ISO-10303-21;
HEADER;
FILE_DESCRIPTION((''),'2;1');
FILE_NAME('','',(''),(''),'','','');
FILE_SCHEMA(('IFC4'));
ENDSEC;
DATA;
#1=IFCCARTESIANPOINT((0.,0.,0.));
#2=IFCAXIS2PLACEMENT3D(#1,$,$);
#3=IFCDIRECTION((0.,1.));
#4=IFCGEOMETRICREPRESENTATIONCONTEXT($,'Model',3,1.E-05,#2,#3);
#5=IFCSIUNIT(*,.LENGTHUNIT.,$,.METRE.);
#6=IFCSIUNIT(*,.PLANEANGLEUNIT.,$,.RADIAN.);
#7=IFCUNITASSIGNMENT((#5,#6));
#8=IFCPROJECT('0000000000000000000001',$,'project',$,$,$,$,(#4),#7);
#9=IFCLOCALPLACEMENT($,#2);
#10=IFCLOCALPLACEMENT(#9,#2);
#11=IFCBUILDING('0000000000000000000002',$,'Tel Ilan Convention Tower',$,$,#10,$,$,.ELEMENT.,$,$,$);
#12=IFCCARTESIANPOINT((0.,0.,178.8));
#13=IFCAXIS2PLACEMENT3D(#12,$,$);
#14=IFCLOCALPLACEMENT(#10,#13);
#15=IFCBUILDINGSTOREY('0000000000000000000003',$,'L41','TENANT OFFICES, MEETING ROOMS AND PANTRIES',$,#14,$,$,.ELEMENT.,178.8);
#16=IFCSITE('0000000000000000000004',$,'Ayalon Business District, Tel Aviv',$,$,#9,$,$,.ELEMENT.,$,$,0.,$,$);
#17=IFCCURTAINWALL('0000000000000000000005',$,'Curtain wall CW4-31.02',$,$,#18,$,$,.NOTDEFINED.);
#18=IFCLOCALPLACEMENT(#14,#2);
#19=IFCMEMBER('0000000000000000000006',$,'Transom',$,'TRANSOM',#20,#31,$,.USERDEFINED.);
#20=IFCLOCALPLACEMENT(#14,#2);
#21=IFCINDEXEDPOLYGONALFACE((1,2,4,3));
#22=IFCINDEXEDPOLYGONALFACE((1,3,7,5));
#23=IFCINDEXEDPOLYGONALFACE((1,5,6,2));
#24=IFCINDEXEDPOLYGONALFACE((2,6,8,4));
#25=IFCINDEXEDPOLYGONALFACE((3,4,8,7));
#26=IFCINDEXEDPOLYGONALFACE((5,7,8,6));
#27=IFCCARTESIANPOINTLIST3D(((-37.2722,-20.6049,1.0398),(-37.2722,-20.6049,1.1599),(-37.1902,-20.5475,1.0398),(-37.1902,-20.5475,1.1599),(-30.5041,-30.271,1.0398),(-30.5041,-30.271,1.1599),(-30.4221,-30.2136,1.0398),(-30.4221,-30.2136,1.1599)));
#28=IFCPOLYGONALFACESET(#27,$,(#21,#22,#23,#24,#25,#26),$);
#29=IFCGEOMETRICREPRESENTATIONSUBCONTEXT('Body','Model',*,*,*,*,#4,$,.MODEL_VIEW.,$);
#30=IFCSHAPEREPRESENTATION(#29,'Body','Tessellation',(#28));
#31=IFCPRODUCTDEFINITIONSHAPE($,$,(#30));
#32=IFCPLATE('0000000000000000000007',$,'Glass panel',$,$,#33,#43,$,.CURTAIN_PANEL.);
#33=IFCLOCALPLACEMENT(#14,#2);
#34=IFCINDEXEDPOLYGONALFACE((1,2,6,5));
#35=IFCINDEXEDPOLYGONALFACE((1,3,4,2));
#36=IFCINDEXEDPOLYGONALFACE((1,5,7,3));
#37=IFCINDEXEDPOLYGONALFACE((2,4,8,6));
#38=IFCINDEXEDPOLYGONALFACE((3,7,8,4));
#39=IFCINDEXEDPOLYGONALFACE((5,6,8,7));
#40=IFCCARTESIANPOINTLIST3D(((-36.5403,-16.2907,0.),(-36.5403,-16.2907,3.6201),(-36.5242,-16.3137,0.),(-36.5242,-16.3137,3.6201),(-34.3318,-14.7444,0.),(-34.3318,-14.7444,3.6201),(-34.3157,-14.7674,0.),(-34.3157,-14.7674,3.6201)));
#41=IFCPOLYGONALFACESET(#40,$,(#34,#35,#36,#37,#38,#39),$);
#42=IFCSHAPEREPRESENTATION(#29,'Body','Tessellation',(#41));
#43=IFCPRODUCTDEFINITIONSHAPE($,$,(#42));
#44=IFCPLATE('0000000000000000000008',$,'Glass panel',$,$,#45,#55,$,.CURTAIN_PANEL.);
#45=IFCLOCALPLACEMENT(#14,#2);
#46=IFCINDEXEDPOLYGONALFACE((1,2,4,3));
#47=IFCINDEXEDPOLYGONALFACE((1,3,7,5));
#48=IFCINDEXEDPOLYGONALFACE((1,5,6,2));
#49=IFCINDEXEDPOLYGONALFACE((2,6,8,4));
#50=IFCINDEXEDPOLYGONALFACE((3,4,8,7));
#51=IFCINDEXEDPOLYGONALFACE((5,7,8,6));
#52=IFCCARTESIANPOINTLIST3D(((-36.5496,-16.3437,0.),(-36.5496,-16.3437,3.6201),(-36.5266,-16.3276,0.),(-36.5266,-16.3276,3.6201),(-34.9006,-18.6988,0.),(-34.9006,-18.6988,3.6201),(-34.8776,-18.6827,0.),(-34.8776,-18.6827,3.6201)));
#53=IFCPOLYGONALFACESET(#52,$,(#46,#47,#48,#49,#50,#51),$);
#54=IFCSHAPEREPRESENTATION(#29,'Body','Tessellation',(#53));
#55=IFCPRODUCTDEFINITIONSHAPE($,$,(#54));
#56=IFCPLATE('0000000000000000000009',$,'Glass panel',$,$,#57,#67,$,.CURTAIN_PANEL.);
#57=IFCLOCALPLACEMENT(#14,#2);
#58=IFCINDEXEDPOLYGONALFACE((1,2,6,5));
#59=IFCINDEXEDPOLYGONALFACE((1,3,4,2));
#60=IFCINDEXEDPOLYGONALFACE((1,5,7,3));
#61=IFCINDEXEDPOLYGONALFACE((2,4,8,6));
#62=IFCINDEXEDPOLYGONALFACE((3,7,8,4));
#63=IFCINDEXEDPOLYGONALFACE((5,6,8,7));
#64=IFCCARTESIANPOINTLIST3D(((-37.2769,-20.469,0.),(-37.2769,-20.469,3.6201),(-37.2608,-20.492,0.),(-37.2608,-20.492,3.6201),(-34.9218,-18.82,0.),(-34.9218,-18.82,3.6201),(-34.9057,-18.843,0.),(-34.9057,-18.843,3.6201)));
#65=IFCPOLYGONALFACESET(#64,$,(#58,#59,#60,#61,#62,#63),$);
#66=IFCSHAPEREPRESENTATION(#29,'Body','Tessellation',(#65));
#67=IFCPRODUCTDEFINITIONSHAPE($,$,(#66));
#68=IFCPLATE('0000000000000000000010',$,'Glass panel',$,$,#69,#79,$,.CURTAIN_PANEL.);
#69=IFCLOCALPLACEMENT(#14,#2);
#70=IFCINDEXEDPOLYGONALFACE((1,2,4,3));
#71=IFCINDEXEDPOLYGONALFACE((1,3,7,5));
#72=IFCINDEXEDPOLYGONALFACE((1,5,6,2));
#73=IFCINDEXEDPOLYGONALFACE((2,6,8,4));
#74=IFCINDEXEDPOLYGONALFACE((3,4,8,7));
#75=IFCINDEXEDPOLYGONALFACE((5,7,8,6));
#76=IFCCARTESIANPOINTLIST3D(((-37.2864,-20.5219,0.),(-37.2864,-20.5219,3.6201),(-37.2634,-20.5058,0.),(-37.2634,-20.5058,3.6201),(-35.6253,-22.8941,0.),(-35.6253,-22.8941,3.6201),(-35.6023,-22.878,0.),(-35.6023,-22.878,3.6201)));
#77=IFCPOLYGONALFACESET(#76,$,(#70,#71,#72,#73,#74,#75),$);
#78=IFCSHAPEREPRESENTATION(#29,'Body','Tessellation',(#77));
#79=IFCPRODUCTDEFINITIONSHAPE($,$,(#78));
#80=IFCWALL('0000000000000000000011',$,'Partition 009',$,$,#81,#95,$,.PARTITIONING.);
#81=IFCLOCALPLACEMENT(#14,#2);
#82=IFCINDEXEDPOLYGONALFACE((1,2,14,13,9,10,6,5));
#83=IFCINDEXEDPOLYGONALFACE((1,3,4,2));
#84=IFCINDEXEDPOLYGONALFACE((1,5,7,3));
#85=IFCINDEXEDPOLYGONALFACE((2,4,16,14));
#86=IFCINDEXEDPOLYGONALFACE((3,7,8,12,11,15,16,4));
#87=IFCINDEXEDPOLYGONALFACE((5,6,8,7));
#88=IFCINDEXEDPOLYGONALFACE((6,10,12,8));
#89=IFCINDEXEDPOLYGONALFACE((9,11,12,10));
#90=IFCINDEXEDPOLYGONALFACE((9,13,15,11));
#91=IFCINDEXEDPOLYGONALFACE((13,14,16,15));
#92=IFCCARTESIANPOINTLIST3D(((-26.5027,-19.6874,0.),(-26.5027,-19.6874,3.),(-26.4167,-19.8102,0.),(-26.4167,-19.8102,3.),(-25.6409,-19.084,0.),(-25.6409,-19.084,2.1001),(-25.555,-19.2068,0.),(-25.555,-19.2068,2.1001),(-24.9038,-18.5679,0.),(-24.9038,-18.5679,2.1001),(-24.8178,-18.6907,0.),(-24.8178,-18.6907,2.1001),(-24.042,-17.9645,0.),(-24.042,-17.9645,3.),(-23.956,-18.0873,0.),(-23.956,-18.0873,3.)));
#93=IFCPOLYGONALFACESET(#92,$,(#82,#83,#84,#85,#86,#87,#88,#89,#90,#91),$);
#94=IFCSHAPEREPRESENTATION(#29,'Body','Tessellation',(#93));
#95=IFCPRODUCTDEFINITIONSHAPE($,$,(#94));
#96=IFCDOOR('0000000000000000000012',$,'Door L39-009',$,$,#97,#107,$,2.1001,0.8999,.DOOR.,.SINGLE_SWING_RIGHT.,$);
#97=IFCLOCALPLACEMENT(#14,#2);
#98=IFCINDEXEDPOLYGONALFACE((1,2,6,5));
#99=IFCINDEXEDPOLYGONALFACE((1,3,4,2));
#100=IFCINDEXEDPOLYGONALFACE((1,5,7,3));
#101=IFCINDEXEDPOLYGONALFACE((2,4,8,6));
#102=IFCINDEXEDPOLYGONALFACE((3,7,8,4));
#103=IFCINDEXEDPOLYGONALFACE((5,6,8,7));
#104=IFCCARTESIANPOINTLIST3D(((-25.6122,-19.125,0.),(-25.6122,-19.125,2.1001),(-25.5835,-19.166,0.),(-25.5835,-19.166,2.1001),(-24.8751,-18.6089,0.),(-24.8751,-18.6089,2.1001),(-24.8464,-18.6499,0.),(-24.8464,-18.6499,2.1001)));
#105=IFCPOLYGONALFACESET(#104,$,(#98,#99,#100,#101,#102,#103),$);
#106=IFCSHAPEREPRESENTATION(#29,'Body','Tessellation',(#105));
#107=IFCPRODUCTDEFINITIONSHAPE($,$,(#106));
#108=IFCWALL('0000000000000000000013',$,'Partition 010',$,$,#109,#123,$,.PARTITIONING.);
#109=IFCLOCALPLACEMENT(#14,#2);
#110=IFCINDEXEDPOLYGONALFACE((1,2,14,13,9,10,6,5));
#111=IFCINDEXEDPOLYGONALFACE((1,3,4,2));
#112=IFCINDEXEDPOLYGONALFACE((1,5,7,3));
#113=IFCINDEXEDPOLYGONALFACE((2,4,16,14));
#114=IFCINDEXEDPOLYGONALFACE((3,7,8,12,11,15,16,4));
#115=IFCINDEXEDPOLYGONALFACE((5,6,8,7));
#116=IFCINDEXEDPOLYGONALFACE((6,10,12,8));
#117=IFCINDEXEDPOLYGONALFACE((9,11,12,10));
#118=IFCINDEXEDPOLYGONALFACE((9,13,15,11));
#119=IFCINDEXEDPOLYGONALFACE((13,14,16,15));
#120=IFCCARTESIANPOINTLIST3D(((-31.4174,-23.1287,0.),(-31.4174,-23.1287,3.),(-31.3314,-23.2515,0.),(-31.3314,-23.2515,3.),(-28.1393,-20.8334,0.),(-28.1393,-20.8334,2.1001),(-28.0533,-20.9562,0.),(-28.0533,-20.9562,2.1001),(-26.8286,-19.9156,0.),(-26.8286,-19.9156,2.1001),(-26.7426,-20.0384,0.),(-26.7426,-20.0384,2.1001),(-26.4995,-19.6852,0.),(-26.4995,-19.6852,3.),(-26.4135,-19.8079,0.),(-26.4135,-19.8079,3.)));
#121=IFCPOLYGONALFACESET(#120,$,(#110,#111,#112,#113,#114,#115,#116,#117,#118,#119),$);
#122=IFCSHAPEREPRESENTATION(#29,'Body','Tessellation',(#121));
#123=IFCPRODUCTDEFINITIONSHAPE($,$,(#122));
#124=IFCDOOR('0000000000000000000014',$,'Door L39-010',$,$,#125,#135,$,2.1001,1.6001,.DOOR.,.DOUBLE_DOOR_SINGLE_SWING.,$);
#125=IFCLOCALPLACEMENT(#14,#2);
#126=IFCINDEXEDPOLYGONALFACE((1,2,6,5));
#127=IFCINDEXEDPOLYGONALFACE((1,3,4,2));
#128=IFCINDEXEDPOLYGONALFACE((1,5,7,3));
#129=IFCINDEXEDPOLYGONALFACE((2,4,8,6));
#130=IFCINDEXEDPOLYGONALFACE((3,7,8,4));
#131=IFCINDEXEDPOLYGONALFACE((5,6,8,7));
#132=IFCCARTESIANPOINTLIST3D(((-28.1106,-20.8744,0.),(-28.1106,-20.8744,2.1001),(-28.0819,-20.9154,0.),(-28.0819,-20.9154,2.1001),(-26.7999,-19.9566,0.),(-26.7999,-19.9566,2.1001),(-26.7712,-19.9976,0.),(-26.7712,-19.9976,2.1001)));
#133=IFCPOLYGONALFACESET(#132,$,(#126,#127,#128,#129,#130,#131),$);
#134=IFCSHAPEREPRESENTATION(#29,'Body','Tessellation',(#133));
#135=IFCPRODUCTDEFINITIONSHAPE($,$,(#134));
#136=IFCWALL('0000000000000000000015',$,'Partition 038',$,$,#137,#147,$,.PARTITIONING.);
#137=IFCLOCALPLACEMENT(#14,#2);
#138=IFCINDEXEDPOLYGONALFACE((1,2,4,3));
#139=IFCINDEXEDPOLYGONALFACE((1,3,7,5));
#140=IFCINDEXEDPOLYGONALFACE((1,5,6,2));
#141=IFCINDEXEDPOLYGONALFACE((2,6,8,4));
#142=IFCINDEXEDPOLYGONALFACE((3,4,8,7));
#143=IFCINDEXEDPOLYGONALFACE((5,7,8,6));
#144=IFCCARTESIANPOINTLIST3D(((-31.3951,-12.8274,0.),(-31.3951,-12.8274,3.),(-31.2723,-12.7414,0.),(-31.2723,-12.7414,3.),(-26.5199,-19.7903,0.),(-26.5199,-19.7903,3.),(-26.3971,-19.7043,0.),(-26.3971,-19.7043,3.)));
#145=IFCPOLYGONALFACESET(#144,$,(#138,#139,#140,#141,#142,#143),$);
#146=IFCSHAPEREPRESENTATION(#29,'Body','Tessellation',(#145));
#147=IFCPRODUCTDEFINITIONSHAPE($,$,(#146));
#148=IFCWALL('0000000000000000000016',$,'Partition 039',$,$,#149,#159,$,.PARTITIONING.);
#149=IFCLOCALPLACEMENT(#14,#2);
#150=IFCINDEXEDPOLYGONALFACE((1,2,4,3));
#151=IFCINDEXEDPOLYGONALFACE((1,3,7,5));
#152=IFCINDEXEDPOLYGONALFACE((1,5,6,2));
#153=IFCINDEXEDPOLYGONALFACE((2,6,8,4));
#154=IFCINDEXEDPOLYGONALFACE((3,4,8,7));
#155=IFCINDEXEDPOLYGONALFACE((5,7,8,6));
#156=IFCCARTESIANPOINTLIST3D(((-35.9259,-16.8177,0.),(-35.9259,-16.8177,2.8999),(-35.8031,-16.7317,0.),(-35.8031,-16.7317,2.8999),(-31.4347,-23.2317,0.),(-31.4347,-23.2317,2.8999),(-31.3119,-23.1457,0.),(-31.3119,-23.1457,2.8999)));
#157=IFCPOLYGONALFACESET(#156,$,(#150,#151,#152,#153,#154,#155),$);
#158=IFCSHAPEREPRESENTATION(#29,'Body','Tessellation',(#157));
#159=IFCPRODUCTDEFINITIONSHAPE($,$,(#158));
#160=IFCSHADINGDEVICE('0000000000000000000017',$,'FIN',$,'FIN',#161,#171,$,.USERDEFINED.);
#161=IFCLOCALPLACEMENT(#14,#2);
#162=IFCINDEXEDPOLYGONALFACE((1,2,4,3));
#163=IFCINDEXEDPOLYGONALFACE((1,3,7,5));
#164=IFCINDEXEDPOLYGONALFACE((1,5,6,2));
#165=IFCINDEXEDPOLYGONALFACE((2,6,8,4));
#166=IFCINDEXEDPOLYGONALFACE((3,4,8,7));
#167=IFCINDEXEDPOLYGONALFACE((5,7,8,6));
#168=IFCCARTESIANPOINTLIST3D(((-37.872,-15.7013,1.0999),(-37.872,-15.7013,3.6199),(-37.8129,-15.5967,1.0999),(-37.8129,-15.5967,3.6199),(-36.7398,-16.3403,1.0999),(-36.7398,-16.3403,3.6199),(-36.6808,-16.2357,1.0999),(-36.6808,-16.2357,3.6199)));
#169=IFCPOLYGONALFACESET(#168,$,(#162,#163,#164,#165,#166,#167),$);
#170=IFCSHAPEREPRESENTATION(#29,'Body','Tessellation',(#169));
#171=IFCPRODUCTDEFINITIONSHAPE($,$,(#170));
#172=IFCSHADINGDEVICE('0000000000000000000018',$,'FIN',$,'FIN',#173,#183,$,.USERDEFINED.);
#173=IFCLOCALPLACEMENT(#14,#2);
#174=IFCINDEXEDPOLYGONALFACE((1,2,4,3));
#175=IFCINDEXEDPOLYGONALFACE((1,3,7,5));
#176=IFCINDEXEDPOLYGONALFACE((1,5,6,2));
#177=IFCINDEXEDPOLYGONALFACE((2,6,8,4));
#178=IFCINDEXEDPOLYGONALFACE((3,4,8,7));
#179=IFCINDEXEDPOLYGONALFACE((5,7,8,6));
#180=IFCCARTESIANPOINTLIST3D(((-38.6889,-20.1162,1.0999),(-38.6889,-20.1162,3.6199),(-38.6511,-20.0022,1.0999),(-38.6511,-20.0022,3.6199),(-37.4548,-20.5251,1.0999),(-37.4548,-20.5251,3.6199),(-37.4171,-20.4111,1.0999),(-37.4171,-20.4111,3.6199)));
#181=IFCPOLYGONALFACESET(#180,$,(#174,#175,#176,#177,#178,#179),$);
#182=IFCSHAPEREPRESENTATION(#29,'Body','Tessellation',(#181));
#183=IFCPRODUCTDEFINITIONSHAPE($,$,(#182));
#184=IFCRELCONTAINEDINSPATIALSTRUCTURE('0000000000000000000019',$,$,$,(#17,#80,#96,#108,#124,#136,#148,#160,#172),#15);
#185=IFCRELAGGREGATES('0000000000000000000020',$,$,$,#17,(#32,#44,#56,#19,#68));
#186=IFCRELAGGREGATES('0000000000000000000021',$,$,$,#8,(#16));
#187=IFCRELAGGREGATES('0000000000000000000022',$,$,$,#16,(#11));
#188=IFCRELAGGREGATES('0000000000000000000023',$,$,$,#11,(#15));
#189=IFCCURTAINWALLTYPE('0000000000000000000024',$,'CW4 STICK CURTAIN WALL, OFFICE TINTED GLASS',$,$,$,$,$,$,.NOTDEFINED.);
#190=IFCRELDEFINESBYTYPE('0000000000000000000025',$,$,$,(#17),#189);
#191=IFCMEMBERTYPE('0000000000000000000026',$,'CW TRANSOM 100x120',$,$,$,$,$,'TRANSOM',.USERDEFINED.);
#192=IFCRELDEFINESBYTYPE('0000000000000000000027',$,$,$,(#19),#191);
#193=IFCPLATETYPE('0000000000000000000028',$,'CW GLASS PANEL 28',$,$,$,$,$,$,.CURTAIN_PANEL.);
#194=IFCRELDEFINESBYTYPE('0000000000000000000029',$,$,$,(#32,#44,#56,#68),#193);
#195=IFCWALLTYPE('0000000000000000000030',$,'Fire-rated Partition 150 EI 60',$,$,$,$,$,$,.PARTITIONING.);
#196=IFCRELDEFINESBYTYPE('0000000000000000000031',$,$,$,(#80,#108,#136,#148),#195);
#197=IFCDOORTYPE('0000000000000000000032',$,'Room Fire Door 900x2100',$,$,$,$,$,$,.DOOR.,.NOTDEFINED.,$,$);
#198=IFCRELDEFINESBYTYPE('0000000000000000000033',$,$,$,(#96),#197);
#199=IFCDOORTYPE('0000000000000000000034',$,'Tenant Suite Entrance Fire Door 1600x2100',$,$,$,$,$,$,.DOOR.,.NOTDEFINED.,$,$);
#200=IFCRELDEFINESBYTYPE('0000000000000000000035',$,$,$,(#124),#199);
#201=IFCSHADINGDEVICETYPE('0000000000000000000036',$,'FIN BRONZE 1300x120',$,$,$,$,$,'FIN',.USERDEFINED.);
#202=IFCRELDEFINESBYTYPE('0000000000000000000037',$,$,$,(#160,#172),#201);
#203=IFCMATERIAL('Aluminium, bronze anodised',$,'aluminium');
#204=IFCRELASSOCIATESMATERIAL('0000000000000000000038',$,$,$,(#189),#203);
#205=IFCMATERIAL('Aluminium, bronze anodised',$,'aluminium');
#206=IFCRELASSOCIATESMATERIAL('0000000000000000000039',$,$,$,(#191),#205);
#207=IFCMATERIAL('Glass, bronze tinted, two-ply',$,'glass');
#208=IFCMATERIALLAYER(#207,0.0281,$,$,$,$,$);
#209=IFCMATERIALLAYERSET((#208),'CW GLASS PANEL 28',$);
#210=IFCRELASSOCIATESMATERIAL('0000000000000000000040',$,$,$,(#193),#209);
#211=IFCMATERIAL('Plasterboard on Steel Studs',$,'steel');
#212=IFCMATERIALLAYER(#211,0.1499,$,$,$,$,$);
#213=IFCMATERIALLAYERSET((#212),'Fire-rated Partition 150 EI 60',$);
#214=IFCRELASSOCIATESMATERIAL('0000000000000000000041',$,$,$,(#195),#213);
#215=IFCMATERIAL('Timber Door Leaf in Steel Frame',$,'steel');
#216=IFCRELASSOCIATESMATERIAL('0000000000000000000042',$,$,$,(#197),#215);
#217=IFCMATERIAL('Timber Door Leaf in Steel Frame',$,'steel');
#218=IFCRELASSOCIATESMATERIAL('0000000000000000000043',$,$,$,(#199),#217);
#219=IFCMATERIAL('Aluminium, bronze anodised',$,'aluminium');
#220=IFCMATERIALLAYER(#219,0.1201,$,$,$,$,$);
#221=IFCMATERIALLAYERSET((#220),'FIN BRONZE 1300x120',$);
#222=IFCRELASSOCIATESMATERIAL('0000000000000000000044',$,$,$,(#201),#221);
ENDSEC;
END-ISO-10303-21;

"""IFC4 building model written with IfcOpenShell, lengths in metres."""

from ifc_helpers import new_model, si_unit, direction, frame, frame_2d, origin, origin_2d, place, context, subcontext, project, spatial, rectangle, extrude, material, layer, layer_set, material_profile, profile_set, type_object, element, fill, aggregate, save


model = new_model("IFC4")

# Units and contexts
model_context = context("Model", 3, precision=1e-05, world=origin(), true_north=direction((0.0, 1.0)))
body_context = subcontext(model_context, "Body", "Model", "MODEL_VIEW")
ifc_project = project(units=[si_unit("LENGTHUNIT", "METRE"), si_unit("PLANEANGLEUNIT", "RADIAN")], contexts=[model_context])

# Site, building, storey
site_placement = place(None, origin())
site = spatial("IfcSite", under=ifc_project, at=site_placement, Name="Ayalon Business District, Tel Aviv", CompositionType="ELEMENT", RefElevation=0.0)
building_placement = place(site_placement, origin())
building = spatial("IfcBuilding", under=site, at=building_placement, Name="Tel Ilan Convention Tower", CompositionType="ELEMENT")
storey_placement = place(building_placement, frame((0.0, 0.0, 178.8)))
storey = spatial("IfcBuildingStorey", under=building, at=storey_placement, Name="L41", Description="TENANT OFFICES, MEETING ROOMS AND PANTRIES", CompositionType="ELEMENT", Elevation=178.8)

# Curtain wall, member, plates
ifc_material_1 = material(Name="Aluminium, bronze anodised", Category="aluminium")
curtain_wall_type = type_object("IfcCurtainWallType", Name="CW4 STICK CURTAIN WALL, OFFICE TINTED GLASS", PredefinedType="NOTDEFINED", material=ifc_material_1)
curtain_wall_placement = place(storey_placement, origin())
curtain_wall = element("IfcCurtainWall", 1, at=curtain_wall_placement, inside=storey, type_object=curtain_wall_type, Name="Curtain wall CW4-31.02", PredefinedType="NOTDEFINED")
ifc_material_2 = material(Name="Aluminium, bronze anodised", Category="aluminium")
ifc_material_profile_1 = material_profile(ifc_material_2, rectangle(XDim=0.1001, YDim=0.1201, at=origin_2d()), Name="CW TRANSOM 100x120")
ifc_profile_set_1 = profile_set([ifc_material_profile_1], Name="Aluminium, bronze anodised")
member_type_1 = type_object("IfcMemberType", Name="CW TRANSOM 100x120", ElementType="TRANSOM", PredefinedType="USERDEFINED", material=ifc_profile_set_1)
member_1_placement = place(storey_placement, frame((-37.2312, -20.5762, 1.0999), z_axis=(0.573568, -0.819158, 0.0), x_axis=(0.819158, 0.573568, 0.0)))
member_1 = element("IfcMember", 2, at=member_1_placement, type_object=member_type_1, Name="Transom", ObjectType="TRANSOM", PredefinedType="USERDEFINED", context=body_context, shape_type="SweptSolid", body=[
    extrude(rectangle(XDim=0.1001, YDim=0.1201, at=origin_2d()), origin(), (0.0, 0.0, 1.0), 11.8),
])
ifc_material_3 = material(Name="Glass, bronze tinted, two-ply", Category="glass")
ifc_layer_1 = layer(ifc_material_3, 0.0281)
ifc_layer_set_1 = layer_set([ifc_layer_1], Name="CW GLASS PANEL 28")
plate_type = type_object("IfcPlateType", Name="CW GLASS PANEL 28", PredefinedType="CURTAIN_PANEL", material=ifc_layer_set_1)
plate_1_placement = place(storey_placement, frame((-35.428, -15.5291, 0.0), z_axis=(0.0, 0.0, 1.0), x_axis=(-0.819152, -0.573576, 0.0)))
plate_1 = element("IfcPlate", 3, at=plate_1_placement, type_object=plate_type, Name="Glass panel", PredefinedType="CURTAIN_PANEL", context=body_context, shape_type="SweptSolid", body=[
    extrude(rectangle(XDim=2.696, YDim=0.0281, at=origin_2d()), origin(), (0.0, 0.0, 1.0), 3.6201),
])
plate_2_placement = place(storey_placement, frame((-35.7136, -17.5132, 0.0), z_axis=(0.0, 0.0, 1.0), x_axis=(0.573576, -0.819152, 0.0)))
plate_2 = element("IfcPlate", 4, at=plate_2_placement, type_object=plate_type, Name="Glass panel", PredefinedType="CURTAIN_PANEL", context=body_context, shape_type="SweptSolid", body=[
    extrude(rectangle(XDim=2.875, YDim=0.0281, at=origin_2d()), origin(), (0.0, 0.0, 1.0), 3.6201),
])
plate_3_placement = place(storey_placement, frame((-36.0913, -19.656, 0.0), z_axis=(0.0, 0.0, 1.0), x_axis=(-0.819152, -0.573576, 0.0)))
plate_3 = element("IfcPlate", 5, at=plate_3_placement, type_object=plate_type, Name="Glass panel", PredefinedType="CURTAIN_PANEL", context=body_context, shape_type="SweptSolid", body=[
    extrude(rectangle(XDim=2.875, YDim=0.0281, at=origin_2d()), origin(), (0.0, 0.0, 1.0), 3.6201),
])
plate_4_placement = place(storey_placement, frame((-36.4443, -21.7, 0.0), z_axis=(0.0, 0.0, 1.0), x_axis=(0.573576, -0.819152, 0.0)))
plate_4 = element("IfcPlate", 6, at=plate_4_placement, type_object=plate_type, Name="Glass panel", PredefinedType="CURTAIN_PANEL", context=body_context, shape_type="SweptSolid", body=[
    extrude(rectangle(XDim=2.896, YDim=0.0281, at=origin_2d()), origin(), (0.0, 0.0, 1.0), 3.6201),
])
aggregate(curtain_wall, [plate_1, plate_2, plate_3, member_1, plate_4])

# Walls, openings, doors
ifc_material_4 = material(Name="Plasterboard on Steel Studs", Category="steel")
ifc_layer_2 = layer(ifc_material_4, 0.1499)
ifc_layer_set_2 = layer_set([ifc_layer_2], Name="Fire-rated Partition 150 EI 60")
wall_type = type_object("IfcWallType", Name="Fire-rated Partition 150 EI 60", PredefinedType="PARTITIONING", material=ifc_layer_set_2)
wall_1_placement = place(storey_placement, frame((-26.4597, -19.7488, 0.0), z_axis=(0.0, 0.0, 1.0), x_axis=(0.819167, 0.573555, 0.0)))
wall_1 = element("IfcWall", 7, at=wall_1_placement, inside=storey, type_object=wall_type, Name="Partition 009", PredefinedType="PARTITIONING", context=body_context, shape_type="SweptSolid", body=[
    extrude(rectangle(XDim=3.0039, YDim=0.1499, at=frame_2d((1.502, 0.0))), origin(), (0.0, 0.0, 1.0), 3.0),
])
opening_1_placement = place(wall_1_placement, frame((1.052, 0.0, 0.0)))
opening_1 = element("IfcOpeningElement", 8, at=opening_1_placement, cuts=wall_1, PredefinedType="OPENING", context=body_context, shape_type="SweptSolid", body=[
    extrude(rectangle(XDim=0.8999, YDim=2.1001, at=frame_2d((0.45, 1.05))), frame((0.0, 0.085, 0.0), z_axis=(0.0, -1.0, 0.0), x_axis=(1.0, 0.0, 0.0)), (0.0, 0.0, 1.0), 0.1699),
])
ifc_material_5 = material(Name="Timber Door Leaf in Steel Frame", Category="steel")
door_type_1 = type_object("IfcDoorType", Name="Room Fire Door 900x2100", OperationType="NOTDEFINED", PredefinedType="DOOR", material=ifc_material_5)
door_1_placement = place(opening_1_placement, origin())
door_1 = element("IfcDoor", 9, at=door_1_placement, inside=storey, type_object=door_type_1, Name="Door L39-009", OperationType="SINGLE_SWING_RIGHT", OverallHeight=2.1001, OverallWidth=0.8999, PredefinedType="DOOR", context=body_context, shape_type="SweptSolid", body=[
    extrude(rectangle(XDim=0.8999, YDim=2.1001, at=frame_2d((0.45, 1.05))), frame((0.0, 0.0249, 0.0), z_axis=(0.0, -1.0, 0.0), x_axis=(1.0, 0.0, 0.0)), (0.0, 0.0, 1.0), 0.05),
])
fill(opening_1, door_1)
wall_2_placement = place(storey_placement, frame((-31.3745, -23.1902, 0.0), z_axis=(0.0, 0.0, 1.0), x_axis=(0.819152, 0.573577, 0.0)))
wall_2 = element("IfcWall", 10, at=wall_2_placement, inside=storey, type_object=wall_type, Name="Partition 010", PredefinedType="PARTITIONING", context=body_context, shape_type="SweptSolid", body=[
    extrude(rectangle(XDim=6.0037, YDim=0.1499, at=frame_2d((3.002, 0.0))), origin(), (0.0, 0.0, 1.0), 3.0),
])
opening_2_placement = place(wall_2_placement, frame((4.002, 0.0, 0.0)))
opening_2 = element("IfcOpeningElement", 11, at=opening_2_placement, cuts=wall_2, PredefinedType="OPENING", context=body_context, shape_type="SweptSolid", body=[
    extrude(rectangle(XDim=1.6001, YDim=2.1001, at=frame_2d((0.8, 1.05))), frame((0.0, 0.085, 0.0), z_axis=(0.0, -1.0, 0.0), x_axis=(1.0, 0.0, 0.0)), (0.0, 0.0, 1.0), 0.1699),
])
ifc_material_6 = material(Name="Timber Door Leaf in Steel Frame", Category="steel")
door_type_2 = type_object("IfcDoorType", Name="Tenant Suite Entrance Fire Door 1600x2100", OperationType="NOTDEFINED", PredefinedType="DOOR", material=ifc_material_6)
door_2_placement = place(opening_2_placement, origin())
door_2 = element("IfcDoor", 12, at=door_2_placement, inside=storey, type_object=door_type_2, Name="Door L39-010", OperationType="DOUBLE_DOOR_SINGLE_SWING", OverallHeight=2.1001, OverallWidth=1.6001, PredefinedType="DOOR", context=body_context, shape_type="SweptSolid", body=[
    extrude(rectangle(XDim=1.6001, YDim=2.1001, at=frame_2d((0.8, 1.05))), frame((0.0, 0.0249, 0.0), z_axis=(0.0, -1.0, 0.0), x_axis=(1.0, 0.0, 0.0)), (0.0, 0.0, 1.0), 0.05),
])
fill(opening_2, door_2)

# Walls
wall_3_placement = place(storey_placement, frame((-26.4585, -19.7473, 0.0), z_axis=(0.0, 0.0, 1.0), x_axis=(-0.573559, 0.819164, 0.0)))
element("IfcWall", 13, at=wall_3_placement, inside=storey, type_object=wall_type, Name="Partition 038", PredefinedType="PARTITIONING", context=body_context, shape_type="SweptSolid", body=[
    extrude(rectangle(XDim=8.5, YDim=0.1499, at=frame_2d((4.25, 0.0))), origin(), (0.0, 0.0, 1.0), 3.0),
])
wall_4_placement = place(storey_placement, frame((-31.3733, -23.1887, 0.0), z_axis=(0.0, 0.0, 1.0), x_axis=(-0.57358, 0.81915, 0.0)))
element("IfcWall", 14, at=wall_4_placement, inside=storey, type_object=wall_type, Name="Partition 039", PredefinedType="PARTITIONING", context=body_context, shape_type="SweptSolid", body=[
    extrude(rectangle(XDim=7.8301, YDim=0.1499, at=frame_2d((3.915, 0.0))), origin(), (0.0, 0.0, 1.0), 2.8999),
])

# Shading devices
ifc_material_7 = material(Name="Aluminium, bronze anodised", Category="aluminium")
ifc_layer_3 = layer(ifc_material_7, 0.1201)
ifc_layer_set_3 = layer_set([ifc_layer_3], Name="FIN BRONZE 1300x120")
shading_device_type = type_object("IfcShadingDeviceType", Name="FIN BRONZE 1300x120", ElementType="FIN", PredefinedType="USERDEFINED", material=ifc_layer_set_3)
for number, where, z_axis, x_axis, name in (
    (15, (-37.2764, -15.9685, 1.0999), (0.0, 0.0, 1.0), (-0.870833, 0.491579, 0.0), "FIN"),
    (16, (-38.053, -20.2637, 1.0999), (0.0, 0.0, 1.0), (-0.949243, 0.314545, 0.0), "FIN"),
):
    element("IfcShadingDevice", number, at=place(storey_placement, frame(where, z_axis=z_axis, x_axis=x_axis)), inside=storey, type_object=shading_device_type, Name=name, ObjectType="FIN", PredefinedType="USERDEFINED", context=body_context, shape_type="SweptSolid", body=[
        extrude(rectangle(XDim=1.3, YDim=0.1201, at=origin_2d()), origin(), (0.0, 0.0, 1.0), 2.52),
    ])

save(model, "model.ifc")
